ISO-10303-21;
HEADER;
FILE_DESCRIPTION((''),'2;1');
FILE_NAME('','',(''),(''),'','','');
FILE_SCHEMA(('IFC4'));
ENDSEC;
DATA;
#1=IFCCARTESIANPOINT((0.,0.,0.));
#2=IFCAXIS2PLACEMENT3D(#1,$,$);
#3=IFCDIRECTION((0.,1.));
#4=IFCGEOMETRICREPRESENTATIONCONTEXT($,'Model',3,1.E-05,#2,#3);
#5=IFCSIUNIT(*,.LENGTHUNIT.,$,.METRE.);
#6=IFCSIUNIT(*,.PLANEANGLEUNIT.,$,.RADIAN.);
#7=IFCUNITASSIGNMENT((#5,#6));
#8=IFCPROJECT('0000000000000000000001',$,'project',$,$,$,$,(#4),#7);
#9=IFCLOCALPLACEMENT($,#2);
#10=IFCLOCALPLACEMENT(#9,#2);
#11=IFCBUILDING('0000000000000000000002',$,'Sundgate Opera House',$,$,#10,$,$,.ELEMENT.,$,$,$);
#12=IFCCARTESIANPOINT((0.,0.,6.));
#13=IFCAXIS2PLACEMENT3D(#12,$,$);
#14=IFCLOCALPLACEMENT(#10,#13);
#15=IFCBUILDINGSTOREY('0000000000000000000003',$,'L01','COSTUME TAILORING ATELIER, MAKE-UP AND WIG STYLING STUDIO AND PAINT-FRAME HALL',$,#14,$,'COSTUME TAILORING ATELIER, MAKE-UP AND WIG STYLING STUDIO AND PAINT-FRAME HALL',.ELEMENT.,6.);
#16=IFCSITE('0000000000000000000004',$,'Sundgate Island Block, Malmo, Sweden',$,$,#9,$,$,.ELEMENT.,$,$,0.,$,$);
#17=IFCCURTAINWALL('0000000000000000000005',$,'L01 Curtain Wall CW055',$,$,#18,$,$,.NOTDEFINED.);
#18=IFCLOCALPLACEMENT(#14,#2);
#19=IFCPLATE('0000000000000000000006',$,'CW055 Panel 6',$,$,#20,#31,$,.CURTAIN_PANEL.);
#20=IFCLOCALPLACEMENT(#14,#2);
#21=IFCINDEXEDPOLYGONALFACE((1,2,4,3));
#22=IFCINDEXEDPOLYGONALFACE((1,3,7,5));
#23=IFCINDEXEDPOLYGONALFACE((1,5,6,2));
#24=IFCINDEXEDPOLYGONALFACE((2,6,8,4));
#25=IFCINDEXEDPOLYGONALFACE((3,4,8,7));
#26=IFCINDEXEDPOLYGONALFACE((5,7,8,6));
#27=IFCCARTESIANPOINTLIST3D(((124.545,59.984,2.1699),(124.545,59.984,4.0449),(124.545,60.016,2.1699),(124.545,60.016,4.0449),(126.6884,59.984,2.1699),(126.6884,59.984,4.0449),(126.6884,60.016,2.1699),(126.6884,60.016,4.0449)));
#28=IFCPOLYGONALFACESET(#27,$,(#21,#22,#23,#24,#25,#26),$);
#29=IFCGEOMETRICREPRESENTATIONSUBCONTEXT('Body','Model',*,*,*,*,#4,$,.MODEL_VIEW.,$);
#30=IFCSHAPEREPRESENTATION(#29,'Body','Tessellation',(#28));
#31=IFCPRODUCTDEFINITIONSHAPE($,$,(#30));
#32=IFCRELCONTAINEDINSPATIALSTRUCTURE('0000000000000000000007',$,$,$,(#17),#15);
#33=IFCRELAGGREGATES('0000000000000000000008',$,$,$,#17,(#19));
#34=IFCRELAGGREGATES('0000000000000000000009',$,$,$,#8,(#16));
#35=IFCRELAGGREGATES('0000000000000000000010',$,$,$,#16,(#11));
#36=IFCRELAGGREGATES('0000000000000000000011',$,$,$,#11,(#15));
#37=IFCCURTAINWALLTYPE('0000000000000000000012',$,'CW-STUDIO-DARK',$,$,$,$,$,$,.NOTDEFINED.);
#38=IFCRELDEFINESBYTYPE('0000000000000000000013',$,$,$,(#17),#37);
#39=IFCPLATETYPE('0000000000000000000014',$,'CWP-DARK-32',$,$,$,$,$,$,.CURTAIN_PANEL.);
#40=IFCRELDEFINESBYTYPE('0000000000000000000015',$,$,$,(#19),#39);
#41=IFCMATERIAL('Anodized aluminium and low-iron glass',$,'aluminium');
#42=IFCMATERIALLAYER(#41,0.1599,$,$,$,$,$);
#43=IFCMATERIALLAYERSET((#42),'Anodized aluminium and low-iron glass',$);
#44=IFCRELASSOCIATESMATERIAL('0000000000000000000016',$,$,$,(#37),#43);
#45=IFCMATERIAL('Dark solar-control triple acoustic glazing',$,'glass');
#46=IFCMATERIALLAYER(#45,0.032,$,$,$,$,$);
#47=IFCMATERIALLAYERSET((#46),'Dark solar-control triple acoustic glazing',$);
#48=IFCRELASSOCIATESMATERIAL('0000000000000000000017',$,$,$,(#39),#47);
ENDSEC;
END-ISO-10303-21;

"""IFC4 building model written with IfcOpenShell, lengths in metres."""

from ifc_helpers import new_model, si_unit, direction, frame, origin, origin_2d, place, context, subcontext, project, spatial, rectangle, extrude, material, layer, layer_set, type_object, element, aggregate, save


model = new_model("IFC4")

# Units and contexts
model_context = context("Model", 3, precision=1e-05, world=origin(), true_north=direction((0.0, 1.0)))
body_context = subcontext(model_context, "Body", "Model", "MODEL_VIEW")
ifc_project = project(units=[si_unit("LENGTHUNIT", "METRE"), si_unit("PLANEANGLEUNIT", "RADIAN")], contexts=[model_context])

# Site, building, storey
site_placement = place(None, origin())
site = spatial("IfcSite", under=ifc_project, at=site_placement, Name="Sundgate Island Block, Malmo, Sweden", CompositionType="ELEMENT", RefElevation=0.0)
building_placement = place(site_placement, origin())
building = spatial("IfcBuilding", under=site, at=building_placement, Name="Sundgate Opera House", CompositionType="ELEMENT")
storey_placement = place(building_placement, frame((0.0, 0.0, 6.0)))
storey = spatial("IfcBuildingStorey", under=building, at=storey_placement, Name="L01", Description="COSTUME TAILORING ATELIER, MAKE-UP AND WIG STYLING STUDIO AND PAINT-FRAME HALL", LongName="COSTUME TAILORING ATELIER, MAKE-UP AND WIG STYLING STUDIO AND PAINT-FRAME HALL", CompositionType="ELEMENT", Elevation=6.0)

# Curtain wall, plate
ifc_material_1 = material(Name="Anodized aluminium and low-iron glass", Category="aluminium")
ifc_layer_1 = layer(ifc_material_1, 0.1599)
ifc_layer_set_1 = layer_set([ifc_layer_1], Name="Anodized aluminium and low-iron glass")
curtain_wall_type = type_object("IfcCurtainWallType", Name="CW-STUDIO-DARK", PredefinedType="NOTDEFINED", material=ifc_layer_set_1)
curtain_wall_placement = place(storey_placement, origin())
curtain_wall = element("IfcCurtainWall", 1, at=curtain_wall_placement, inside=storey, type_object=curtain_wall_type, Name="L01 Curtain Wall CW055", PredefinedType="NOTDEFINED")
ifc_material_2 = material(Name="Dark solar-control triple acoustic glazing", Category="glass")
ifc_layer_2 = layer(ifc_material_2, 0.032)
ifc_layer_set_2 = layer_set([ifc_layer_2], Name="Dark solar-control triple acoustic glazing")
plate_type = type_object("IfcPlateType", Name="CWP-DARK-32", PredefinedType="CURTAIN_PANEL", material=ifc_layer_set_2)
plate_1_placement = place(storey_placement, frame((125.6167, 60.0, 2.1699), z_axis=(0.0, 0.0, 1.0), x_axis=(-1.0, 0.0, 0.0)))
plate_1 = element("IfcPlate", 2, at=plate_1_placement, type_object=plate_type, Name="CW055 Panel 6", PredefinedType="CURTAIN_PANEL", context=body_context, shape_type="SweptSolid", body=[
    extrude(rectangle(XDim=2.1433, YDim=0.032, at=origin_2d()), origin(), (0.0, 0.0, 1.0), 1.875),
])
aggregate(curtain_wall, [plate_1])

save(model, "model.ifc")
